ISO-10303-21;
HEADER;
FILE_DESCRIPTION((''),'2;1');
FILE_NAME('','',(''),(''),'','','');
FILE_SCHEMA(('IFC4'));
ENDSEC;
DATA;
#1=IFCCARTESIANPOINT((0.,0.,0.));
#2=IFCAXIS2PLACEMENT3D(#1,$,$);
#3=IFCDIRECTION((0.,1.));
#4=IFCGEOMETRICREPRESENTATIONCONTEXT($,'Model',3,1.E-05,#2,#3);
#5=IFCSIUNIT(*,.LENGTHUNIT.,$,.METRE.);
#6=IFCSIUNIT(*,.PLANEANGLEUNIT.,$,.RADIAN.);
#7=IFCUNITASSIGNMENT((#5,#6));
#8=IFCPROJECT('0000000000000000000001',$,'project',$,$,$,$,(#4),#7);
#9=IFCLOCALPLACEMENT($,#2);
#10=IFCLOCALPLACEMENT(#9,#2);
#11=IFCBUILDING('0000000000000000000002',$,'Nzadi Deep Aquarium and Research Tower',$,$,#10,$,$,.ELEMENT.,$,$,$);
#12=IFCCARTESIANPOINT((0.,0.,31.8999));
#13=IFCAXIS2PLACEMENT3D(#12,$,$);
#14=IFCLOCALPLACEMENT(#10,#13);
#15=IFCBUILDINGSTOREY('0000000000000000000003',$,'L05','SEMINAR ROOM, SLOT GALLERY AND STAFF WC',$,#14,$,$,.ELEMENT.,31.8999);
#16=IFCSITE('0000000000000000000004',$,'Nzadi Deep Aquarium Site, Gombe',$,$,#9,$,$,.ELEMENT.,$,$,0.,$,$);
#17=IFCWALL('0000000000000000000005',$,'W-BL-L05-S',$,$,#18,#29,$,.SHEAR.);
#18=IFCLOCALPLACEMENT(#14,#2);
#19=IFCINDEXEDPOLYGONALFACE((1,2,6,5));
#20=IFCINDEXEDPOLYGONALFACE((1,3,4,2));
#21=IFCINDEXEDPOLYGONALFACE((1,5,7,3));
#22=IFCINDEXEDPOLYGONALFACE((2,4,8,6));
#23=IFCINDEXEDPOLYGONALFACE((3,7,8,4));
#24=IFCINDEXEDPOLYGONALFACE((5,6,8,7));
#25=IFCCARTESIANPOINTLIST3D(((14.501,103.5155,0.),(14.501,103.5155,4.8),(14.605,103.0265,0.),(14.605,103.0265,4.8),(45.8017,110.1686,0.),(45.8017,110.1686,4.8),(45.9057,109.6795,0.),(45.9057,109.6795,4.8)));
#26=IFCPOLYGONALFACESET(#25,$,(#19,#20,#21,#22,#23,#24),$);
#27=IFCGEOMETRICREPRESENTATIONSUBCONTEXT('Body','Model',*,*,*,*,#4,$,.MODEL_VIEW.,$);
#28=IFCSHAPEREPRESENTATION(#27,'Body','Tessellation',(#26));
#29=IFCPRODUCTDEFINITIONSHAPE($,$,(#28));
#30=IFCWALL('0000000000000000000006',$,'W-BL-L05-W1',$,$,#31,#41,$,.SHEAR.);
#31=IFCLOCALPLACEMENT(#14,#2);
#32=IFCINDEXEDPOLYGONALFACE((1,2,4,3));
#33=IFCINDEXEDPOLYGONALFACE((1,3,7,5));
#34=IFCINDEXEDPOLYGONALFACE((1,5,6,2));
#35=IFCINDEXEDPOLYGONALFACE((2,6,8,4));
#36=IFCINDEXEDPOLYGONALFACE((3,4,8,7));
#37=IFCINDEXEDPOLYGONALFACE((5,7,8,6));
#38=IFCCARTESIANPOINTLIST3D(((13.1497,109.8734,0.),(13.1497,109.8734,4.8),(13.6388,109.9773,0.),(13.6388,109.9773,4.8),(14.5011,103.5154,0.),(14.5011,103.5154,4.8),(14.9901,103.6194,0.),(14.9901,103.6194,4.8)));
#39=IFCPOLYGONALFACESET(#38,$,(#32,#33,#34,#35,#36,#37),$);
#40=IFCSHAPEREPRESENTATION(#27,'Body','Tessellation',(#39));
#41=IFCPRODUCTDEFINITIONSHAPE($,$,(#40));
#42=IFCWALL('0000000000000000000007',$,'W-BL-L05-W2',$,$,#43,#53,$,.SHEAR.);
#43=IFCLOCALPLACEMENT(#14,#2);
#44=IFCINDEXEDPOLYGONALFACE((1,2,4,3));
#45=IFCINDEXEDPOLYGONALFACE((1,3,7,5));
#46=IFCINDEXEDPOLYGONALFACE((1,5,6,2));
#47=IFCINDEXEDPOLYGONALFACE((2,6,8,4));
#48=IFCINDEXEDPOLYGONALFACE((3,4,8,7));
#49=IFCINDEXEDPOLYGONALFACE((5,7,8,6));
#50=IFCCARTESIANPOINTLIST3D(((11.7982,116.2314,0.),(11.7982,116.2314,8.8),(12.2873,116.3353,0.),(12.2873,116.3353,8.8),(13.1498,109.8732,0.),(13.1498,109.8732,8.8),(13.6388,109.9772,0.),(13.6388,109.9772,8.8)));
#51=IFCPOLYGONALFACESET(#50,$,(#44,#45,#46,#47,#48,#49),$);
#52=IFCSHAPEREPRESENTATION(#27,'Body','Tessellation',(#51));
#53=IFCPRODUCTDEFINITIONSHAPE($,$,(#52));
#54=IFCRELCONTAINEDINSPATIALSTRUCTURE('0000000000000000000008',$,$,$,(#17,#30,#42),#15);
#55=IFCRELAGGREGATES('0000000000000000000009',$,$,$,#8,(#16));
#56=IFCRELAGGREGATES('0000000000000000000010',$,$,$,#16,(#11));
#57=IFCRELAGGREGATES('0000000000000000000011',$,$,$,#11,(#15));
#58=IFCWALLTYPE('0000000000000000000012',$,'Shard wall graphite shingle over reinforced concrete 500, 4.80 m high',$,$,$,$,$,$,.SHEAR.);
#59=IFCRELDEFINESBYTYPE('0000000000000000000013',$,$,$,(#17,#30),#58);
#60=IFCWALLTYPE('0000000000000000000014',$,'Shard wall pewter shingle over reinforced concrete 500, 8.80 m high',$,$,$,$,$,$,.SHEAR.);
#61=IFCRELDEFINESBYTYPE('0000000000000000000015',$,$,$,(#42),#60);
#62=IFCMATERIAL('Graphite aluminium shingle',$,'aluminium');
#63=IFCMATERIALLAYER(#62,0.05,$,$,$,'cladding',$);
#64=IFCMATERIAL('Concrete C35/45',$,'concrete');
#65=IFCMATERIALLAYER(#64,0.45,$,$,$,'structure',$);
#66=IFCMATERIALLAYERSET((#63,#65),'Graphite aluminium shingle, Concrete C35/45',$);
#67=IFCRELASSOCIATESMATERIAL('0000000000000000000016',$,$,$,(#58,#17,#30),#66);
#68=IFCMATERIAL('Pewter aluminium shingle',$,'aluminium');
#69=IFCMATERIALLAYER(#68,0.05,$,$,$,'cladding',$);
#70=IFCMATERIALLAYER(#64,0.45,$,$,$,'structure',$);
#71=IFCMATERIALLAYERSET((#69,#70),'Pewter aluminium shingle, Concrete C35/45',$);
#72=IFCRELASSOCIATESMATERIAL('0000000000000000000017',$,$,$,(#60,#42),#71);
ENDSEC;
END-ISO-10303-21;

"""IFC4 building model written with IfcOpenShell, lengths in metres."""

from ifc_helpers import new_model, si_unit, direction, frame, frame_2d, origin, place, context, subcontext, project, spatial, rectangle, extrude, material, layer, layer_set, layer_usage, type_object, element, save


model = new_model("IFC4")

# Units and contexts
model_context = context("Model", 3, precision=1e-05, world=origin(), true_north=direction((0.0, 1.0)))
body_context = subcontext(model_context, "Body", "Model", "MODEL_VIEW")
ifc_project = project(units=[si_unit("LENGTHUNIT", "METRE"), si_unit("PLANEANGLEUNIT", "RADIAN")], contexts=[model_context])

# Site, building, storey
site_placement = place(None, origin())
site = spatial("IfcSite", under=ifc_project, at=site_placement, Name="Nzadi Deep Aquarium Site, Gombe", CompositionType="ELEMENT", RefElevation=0.0)
building_placement = place(site_placement, origin())
building = spatial("IfcBuilding", under=site, at=building_placement, Name="Nzadi Deep Aquarium and Research Tower", CompositionType="ELEMENT")
storey_placement = place(building_placement, frame((0.0, 0.0, 31.8999)))
storey = spatial("IfcBuildingStorey", under=building, at=storey_placement, Name="L05", Description="SEMINAR ROOM, SLOT GALLERY AND STAFF WC", CompositionType="ELEMENT", Elevation=31.8999)

# Walls
ifc_material_1 = material(Name="Graphite aluminium shingle", Category="aluminium")
ifc_material_2 = material(Name="Concrete C35/45", Category="concrete")
ifc_layer_1 = layer(ifc_material_1, 0.05, Category="cladding")
ifc_layer_2 = layer(ifc_material_2, 0.45, Category="structure")
ifc_layer_set_1 = layer_set([ifc_layer_1, ifc_layer_2], Name="Graphite aluminium shingle, Concrete C35/45")
ifc_layer_usage_1 = layer_usage(ifc_layer_set_1, "AXIS2", "POSITIVE", -0.25)
wall_type_1 = type_object("IfcWallType", Name="Shard wall graphite shingle over reinforced concrete 500, 4.80 m high", PredefinedType="SHEAR", material=ifc_layer_set_1)
wall_1_placement = place(storey_placement, frame((14.553, 103.271, 0.0), z_axis=(0.0, 0.0, 1.0), x_axis=(0.978148, 0.207908, 0.0)))
element("IfcWall", 1, at=wall_1_placement, inside=storey, type_object=wall_type_1, material=ifc_layer_usage_1, Name="W-BL-L05-S", PredefinedType="SHEAR", context=body_context, shape_type="SweptSolid", body=[
    extrude(rectangle(XDim=32.0, YDim=0.5, at=frame_2d((16.0, 0.0))), origin(), (0.0, 0.0, 1.0), 4.8),
])
ifc_layer_usage_2 = layer_usage(ifc_layer_set_1, "AXIS2", "POSITIVE", -0.25)
wall_2_placement = place(storey_placement, frame((14.7456, 103.5674, 0.0), z_axis=(0.0, 0.0, 1.0), x_axis=(-0.207897, 0.978151, 0.0)))
element("IfcWall", 2, at=wall_2_placement, inside=storey, type_object=wall_type_1, material=ifc_layer_usage_2, Name="W-BL-L05-W1", PredefinedType="SHEAR", context=body_context, shape_type="SweptSolid", body=[
    extrude(rectangle(XDim=6.5, YDim=0.5, at=frame_2d((3.25, 0.0))), origin(), (0.0, 0.0, 1.0), 4.8),
])
ifc_material_3 = material(Name="Pewter aluminium shingle", Category="aluminium")
ifc_layer_3 = layer(ifc_material_3, 0.05, Category="cladding")
ifc_layer_4 = layer(ifc_material_2, 0.45, Category="structure")
ifc_layer_set_2 = layer_set([ifc_layer_3, ifc_layer_4], Name="Pewter aluminium shingle, Concrete C35/45")
ifc_layer_usage_3 = layer_usage(ifc_layer_set_2, "AXIS2", "POSITIVE", -0.25)
wall_type_2 = type_object("IfcWallType", Name="Shard wall pewter shingle over reinforced concrete 500, 8.80 m high", PredefinedType="SHEAR", material=ifc_layer_set_2)
wall_3_placement = place(storey_placement, frame((13.3943, 109.9253, 0.0), z_axis=(0.0, 0.0, 1.0), x_axis=(-0.207926, 0.978145, 0.0)))
element("IfcWall", 3, at=wall_3_placement, inside=storey, type_object=wall_type_2, material=ifc_layer_usage_3, Name="W-BL-L05-W2", PredefinedType="SHEAR", context=body_context, shape_type="SweptSolid", body=[
    extrude(rectangle(XDim=6.5002, YDim=0.5, at=frame_2d((3.25, 0.0))), origin(), (0.0, 0.0, 1.0), 8.8),
])

save(model, "model.ifc")
